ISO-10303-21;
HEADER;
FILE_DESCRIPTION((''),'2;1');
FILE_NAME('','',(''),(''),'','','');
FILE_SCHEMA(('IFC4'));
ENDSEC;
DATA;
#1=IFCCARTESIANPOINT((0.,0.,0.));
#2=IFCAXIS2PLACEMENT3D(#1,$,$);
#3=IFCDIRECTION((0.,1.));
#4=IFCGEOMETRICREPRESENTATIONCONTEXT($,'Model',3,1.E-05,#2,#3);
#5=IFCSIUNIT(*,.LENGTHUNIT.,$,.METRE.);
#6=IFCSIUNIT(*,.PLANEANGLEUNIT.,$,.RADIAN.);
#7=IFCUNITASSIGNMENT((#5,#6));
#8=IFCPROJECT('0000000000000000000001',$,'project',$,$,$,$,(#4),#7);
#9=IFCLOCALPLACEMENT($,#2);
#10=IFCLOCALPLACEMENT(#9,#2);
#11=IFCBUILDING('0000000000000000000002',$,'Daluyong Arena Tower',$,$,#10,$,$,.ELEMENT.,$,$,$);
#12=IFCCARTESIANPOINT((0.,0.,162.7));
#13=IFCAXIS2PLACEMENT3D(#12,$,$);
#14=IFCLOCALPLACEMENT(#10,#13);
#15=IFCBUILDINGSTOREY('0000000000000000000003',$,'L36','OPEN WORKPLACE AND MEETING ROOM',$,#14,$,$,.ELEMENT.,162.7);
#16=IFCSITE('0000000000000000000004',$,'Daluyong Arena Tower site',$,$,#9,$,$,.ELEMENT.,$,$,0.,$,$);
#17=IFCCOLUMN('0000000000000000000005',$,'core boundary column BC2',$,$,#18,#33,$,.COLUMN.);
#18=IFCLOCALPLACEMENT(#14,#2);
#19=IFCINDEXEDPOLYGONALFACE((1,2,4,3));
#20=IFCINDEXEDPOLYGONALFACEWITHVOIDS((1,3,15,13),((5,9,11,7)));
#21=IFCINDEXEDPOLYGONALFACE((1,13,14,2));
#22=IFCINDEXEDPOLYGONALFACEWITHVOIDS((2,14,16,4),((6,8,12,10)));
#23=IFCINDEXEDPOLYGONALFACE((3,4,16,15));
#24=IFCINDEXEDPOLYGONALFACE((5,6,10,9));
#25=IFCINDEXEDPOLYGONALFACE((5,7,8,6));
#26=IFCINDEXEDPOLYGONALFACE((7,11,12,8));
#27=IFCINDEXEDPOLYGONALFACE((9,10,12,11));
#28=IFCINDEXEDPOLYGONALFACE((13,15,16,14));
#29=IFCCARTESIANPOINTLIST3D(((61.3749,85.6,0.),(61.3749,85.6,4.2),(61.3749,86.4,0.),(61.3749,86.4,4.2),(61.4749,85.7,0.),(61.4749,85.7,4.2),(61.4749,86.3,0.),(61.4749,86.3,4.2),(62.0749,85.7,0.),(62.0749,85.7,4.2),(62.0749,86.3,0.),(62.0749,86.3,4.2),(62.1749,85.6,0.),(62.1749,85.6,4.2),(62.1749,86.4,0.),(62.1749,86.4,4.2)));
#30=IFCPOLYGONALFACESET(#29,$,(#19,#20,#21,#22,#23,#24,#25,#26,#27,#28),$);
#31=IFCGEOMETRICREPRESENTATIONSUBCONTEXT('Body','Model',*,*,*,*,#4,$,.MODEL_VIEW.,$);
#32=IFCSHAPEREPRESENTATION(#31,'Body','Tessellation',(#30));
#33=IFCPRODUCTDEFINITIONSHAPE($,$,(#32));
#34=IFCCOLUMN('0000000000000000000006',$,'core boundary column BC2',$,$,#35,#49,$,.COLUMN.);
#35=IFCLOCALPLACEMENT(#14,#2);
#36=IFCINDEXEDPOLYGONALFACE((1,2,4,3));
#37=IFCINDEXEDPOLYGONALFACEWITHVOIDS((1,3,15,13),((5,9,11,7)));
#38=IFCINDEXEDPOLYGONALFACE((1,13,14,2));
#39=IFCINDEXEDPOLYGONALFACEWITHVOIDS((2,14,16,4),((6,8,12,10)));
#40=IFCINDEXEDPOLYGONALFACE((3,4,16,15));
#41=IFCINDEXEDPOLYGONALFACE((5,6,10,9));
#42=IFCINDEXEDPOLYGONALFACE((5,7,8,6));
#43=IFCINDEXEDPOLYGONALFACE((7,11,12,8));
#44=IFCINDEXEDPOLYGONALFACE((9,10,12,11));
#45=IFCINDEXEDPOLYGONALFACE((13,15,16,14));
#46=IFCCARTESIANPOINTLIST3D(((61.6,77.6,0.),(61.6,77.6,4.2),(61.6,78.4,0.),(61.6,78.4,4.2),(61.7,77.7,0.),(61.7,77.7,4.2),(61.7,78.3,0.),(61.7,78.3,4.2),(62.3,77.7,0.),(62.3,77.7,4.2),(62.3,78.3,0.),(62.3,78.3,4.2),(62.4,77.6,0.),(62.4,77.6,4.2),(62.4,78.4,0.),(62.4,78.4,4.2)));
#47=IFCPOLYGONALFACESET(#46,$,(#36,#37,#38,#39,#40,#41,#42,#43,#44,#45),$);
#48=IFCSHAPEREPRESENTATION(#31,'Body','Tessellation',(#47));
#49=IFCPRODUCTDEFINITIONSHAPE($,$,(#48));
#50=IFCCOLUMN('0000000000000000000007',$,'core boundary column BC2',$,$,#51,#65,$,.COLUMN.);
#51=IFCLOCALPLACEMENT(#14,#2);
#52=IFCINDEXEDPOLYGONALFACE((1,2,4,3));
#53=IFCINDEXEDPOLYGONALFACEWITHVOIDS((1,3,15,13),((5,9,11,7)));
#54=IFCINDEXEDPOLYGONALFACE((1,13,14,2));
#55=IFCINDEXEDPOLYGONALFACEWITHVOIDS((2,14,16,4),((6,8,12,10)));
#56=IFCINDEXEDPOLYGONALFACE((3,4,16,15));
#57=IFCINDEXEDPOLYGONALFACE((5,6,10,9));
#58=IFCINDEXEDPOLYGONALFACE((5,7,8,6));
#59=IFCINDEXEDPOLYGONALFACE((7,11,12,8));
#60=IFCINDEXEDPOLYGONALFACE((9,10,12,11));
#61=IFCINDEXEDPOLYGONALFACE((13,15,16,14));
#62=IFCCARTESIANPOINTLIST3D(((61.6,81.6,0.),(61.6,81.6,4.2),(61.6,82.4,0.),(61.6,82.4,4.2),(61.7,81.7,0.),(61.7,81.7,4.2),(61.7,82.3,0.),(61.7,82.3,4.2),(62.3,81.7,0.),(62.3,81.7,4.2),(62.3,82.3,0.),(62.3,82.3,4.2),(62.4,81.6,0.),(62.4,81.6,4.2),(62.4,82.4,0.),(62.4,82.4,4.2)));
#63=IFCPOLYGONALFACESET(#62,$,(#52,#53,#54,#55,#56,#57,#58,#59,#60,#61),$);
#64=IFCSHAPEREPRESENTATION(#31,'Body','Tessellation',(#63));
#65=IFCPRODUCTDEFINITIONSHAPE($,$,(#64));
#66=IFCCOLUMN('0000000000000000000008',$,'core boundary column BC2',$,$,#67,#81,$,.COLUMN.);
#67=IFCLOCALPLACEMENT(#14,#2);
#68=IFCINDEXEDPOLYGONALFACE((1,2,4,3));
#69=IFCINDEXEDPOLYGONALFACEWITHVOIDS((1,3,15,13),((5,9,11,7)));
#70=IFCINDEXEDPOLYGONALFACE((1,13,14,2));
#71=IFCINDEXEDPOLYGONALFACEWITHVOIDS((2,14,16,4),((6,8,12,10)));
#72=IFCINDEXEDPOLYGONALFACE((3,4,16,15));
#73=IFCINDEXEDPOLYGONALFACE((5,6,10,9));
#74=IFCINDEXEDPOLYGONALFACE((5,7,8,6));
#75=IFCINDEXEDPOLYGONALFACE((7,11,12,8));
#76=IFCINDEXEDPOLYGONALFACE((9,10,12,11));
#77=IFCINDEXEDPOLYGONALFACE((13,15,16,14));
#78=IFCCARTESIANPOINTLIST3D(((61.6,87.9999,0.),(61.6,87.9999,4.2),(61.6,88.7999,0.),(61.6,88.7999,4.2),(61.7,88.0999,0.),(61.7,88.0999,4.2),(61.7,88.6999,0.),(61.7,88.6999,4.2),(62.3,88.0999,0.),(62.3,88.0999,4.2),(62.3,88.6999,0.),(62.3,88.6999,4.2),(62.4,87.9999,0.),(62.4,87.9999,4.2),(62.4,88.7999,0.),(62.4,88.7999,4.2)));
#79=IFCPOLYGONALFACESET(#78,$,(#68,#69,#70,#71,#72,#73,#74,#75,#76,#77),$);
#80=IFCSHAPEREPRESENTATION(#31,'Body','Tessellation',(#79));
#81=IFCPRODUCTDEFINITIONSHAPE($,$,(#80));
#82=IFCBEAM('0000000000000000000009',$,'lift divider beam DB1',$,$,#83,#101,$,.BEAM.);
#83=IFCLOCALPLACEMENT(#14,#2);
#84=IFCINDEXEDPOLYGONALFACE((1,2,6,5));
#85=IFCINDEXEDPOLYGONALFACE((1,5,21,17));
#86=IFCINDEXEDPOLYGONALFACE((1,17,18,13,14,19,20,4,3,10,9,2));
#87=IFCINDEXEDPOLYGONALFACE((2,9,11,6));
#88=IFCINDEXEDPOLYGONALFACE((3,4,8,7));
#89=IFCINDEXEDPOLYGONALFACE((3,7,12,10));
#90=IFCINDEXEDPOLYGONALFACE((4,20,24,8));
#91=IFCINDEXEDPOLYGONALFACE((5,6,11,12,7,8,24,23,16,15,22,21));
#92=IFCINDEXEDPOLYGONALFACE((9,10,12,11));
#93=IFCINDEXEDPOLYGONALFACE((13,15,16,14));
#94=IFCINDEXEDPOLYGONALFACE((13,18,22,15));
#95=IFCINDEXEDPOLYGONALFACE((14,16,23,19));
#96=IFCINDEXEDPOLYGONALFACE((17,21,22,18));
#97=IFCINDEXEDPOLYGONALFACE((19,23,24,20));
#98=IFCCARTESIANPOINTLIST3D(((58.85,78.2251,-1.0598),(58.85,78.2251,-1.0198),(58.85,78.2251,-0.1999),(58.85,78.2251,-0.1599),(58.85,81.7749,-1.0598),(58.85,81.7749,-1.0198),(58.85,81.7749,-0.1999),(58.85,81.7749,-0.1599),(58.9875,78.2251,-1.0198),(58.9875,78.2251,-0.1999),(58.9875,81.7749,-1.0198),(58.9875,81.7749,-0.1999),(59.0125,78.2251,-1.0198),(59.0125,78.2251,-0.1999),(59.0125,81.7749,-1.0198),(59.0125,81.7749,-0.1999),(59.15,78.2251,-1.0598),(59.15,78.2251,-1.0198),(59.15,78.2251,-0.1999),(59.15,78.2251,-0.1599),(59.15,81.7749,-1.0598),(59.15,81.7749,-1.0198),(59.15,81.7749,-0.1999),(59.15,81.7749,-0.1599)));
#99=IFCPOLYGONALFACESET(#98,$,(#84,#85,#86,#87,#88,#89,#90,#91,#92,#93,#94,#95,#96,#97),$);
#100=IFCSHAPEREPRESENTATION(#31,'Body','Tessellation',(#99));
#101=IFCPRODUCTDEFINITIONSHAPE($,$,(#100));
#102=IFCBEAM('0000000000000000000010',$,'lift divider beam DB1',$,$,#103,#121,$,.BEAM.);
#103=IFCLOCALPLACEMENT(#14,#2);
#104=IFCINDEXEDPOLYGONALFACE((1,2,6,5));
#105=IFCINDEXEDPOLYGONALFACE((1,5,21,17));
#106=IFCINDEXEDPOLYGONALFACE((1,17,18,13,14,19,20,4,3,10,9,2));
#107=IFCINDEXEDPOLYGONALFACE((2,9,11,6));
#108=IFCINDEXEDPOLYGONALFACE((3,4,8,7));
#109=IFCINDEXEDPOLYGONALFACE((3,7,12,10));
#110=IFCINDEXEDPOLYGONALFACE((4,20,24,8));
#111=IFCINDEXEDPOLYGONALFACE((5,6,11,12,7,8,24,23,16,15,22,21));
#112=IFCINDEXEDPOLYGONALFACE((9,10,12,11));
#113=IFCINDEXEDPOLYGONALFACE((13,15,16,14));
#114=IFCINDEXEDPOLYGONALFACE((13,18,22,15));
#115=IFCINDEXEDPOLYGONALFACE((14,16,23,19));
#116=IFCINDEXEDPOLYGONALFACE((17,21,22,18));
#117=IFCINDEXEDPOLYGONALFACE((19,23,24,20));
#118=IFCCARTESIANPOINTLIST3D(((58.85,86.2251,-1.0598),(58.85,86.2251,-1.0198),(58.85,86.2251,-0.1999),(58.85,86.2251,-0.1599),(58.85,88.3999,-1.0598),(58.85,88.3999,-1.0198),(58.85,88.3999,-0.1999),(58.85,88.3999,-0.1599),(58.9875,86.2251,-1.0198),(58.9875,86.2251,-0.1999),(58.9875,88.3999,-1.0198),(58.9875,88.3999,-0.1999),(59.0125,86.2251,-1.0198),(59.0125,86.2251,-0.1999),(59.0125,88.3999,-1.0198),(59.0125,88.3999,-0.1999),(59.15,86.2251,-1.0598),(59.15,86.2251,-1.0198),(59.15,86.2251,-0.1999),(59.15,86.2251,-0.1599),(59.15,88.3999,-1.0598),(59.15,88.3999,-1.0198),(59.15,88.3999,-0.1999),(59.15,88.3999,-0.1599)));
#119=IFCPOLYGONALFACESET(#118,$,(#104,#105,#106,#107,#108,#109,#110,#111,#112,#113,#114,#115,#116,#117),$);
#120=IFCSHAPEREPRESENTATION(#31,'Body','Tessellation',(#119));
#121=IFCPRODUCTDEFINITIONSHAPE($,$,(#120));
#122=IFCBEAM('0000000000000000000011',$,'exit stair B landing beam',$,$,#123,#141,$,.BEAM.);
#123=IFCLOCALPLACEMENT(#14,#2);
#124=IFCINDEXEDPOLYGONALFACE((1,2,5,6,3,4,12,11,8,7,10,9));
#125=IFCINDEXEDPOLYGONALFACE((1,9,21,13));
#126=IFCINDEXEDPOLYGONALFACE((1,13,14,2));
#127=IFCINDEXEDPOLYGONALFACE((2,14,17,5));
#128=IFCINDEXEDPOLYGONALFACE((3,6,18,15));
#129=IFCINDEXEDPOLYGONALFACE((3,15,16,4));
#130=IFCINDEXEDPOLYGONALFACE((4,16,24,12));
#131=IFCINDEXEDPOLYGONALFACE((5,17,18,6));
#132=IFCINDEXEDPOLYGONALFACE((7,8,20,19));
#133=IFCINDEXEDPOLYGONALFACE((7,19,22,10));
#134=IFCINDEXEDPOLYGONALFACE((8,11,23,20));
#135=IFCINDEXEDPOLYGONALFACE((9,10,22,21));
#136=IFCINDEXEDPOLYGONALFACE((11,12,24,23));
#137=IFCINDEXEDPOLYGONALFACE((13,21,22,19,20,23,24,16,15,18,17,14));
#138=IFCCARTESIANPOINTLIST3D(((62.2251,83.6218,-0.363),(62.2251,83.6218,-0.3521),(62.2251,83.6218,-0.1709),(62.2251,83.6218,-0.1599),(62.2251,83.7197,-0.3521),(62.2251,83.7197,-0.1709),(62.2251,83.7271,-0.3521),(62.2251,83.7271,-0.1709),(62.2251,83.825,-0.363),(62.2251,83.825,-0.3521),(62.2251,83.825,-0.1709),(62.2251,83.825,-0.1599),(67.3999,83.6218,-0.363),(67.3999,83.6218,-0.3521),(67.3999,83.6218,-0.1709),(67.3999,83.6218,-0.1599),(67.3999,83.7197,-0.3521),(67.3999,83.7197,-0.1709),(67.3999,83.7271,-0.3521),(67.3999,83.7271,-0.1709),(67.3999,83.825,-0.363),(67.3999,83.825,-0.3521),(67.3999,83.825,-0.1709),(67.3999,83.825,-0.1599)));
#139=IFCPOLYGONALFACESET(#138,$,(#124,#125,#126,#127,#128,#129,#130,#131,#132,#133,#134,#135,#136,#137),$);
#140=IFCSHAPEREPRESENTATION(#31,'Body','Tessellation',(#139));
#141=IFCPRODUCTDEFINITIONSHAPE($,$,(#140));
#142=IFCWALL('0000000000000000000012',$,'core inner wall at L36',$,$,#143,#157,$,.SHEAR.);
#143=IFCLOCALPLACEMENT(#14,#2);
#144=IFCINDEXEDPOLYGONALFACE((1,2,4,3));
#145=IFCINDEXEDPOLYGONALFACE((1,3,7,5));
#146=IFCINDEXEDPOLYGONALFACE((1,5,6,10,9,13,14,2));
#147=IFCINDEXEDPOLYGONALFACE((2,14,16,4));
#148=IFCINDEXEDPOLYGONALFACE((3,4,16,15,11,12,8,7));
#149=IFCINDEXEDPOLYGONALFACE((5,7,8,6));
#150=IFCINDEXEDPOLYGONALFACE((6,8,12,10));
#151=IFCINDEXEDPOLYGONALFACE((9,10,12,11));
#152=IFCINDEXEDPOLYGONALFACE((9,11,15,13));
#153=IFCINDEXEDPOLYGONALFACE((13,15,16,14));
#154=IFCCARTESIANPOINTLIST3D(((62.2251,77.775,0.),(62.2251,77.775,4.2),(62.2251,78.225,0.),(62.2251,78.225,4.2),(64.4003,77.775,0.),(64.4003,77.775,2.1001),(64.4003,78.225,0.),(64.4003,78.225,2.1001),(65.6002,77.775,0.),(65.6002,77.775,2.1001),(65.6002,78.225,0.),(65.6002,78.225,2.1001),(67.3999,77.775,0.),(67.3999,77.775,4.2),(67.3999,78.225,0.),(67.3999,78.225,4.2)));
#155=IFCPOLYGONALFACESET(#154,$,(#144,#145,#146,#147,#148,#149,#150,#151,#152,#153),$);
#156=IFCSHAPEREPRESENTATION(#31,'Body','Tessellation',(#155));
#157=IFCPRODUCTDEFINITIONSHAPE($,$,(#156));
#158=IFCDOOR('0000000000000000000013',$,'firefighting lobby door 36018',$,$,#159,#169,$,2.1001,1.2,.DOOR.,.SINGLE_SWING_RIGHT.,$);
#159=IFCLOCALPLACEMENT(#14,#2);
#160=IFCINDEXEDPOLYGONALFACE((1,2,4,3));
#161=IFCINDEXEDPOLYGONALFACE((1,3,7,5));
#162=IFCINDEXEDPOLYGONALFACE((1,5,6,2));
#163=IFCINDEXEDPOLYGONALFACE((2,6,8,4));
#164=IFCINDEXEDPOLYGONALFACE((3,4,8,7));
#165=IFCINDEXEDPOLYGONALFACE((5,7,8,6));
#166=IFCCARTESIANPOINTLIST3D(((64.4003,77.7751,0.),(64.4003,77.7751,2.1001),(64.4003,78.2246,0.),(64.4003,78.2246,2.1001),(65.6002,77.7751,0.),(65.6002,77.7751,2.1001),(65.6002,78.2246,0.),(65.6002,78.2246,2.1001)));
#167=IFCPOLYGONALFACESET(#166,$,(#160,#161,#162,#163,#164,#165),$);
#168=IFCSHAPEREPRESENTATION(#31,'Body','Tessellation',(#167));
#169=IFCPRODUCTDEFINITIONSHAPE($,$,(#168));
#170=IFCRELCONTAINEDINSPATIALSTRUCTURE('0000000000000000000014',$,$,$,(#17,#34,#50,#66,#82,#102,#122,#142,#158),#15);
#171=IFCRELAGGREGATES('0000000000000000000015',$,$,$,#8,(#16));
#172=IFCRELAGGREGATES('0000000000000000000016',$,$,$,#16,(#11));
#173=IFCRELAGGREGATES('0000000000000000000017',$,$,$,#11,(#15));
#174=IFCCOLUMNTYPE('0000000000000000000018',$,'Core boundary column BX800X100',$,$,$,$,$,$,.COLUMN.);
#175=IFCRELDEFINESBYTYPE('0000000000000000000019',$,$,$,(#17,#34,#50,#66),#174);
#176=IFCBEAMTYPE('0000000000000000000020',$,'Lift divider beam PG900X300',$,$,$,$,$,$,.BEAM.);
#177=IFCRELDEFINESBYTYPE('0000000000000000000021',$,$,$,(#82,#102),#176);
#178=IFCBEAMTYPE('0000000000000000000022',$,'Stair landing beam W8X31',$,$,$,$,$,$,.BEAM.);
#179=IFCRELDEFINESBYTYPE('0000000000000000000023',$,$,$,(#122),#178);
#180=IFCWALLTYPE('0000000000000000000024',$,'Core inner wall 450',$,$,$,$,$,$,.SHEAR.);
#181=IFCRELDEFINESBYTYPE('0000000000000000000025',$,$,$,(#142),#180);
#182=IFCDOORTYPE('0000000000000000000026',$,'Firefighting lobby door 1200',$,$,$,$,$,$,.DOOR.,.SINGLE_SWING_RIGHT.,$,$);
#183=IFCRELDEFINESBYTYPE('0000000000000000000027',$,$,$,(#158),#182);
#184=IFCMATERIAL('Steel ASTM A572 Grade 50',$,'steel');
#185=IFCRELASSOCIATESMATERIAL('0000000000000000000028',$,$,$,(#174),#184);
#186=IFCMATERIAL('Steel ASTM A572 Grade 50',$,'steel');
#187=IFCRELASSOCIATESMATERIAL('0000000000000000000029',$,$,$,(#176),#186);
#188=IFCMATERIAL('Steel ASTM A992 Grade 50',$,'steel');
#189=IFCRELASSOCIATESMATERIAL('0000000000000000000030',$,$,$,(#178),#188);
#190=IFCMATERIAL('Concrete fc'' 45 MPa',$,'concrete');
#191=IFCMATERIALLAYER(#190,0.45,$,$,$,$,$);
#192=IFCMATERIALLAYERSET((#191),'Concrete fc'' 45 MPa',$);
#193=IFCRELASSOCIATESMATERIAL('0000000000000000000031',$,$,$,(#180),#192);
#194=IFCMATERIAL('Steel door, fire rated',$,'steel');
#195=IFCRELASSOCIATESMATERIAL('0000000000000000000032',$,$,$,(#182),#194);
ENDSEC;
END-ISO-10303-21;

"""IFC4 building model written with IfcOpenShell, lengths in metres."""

from ifc_helpers import new_model, si_unit, direction, frame, frame_2d, origin, origin_2d, place, context, subcontext, project, spatial, rectangle, hollow_rectangle, i_section, extrude, material, layer, layer_set, material_profile, profile_set, type_object, element, fill, save


model = new_model("IFC4")

# Units and contexts
model_context = context("Model", 3, precision=1e-05, world=origin(), true_north=direction((0.0, 1.0)))
body_context = subcontext(model_context, "Body", "Model", "MODEL_VIEW")
ifc_project = project(units=[si_unit("LENGTHUNIT", "METRE"), si_unit("PLANEANGLEUNIT", "RADIAN")], contexts=[model_context])

# Site, building, storey
site_placement = place(None, origin())
site = spatial("IfcSite", under=ifc_project, at=site_placement, Name="Daluyong Arena Tower site", CompositionType="ELEMENT", RefElevation=0.0)
building_placement = place(site_placement, origin())
building = spatial("IfcBuilding", under=site, at=building_placement, Name="Daluyong Arena Tower", CompositionType="ELEMENT")
storey_placement = place(building_placement, frame((0.0, 0.0, 162.7)))
storey = spatial("IfcBuildingStorey", under=building, at=storey_placement, Name="L36", Description="OPEN WORKPLACE AND MEETING ROOM", CompositionType="ELEMENT", Elevation=162.7)

# Columns
ifc_material_1 = material(Name="Steel ASTM A572 Grade 50", Category="steel")
ifc_material_profile_1 = material_profile(ifc_material_1, hollow_rectangle(XDim=0.8, YDim=0.8, WallThickness=0.1, at=origin_2d()))
ifc_profile_set_1 = profile_set([ifc_material_profile_1], Name="Steel ASTM A572 Grade 50")
column_type = type_object("IfcColumnType", Name="Core boundary column BX800X100", PredefinedType="COLUMN", material=ifc_profile_set_1)
for number, where, z_axis, x_axis, name in (
    (1, (61.7749, 86.0, 0.0), (0.0, 0.0, 1.0), (1.0, 0.0, 0.0), "core boundary column BC2"),
    (2, (62.0, 78.0, 0.0), (0.0, 0.0, 1.0), (1.0, 0.0, 0.0), "core boundary column BC2"),
    (3, (62.0, 82.0, 0.0), (0.0, 0.0, 1.0), (1.0, 0.0, 0.0), "core boundary column BC2"),
    (4, (62.0, 88.3999, 0.0), (0.0, 0.0, 1.0), (1.0, 0.0, 0.0), "core boundary column BC2"),
):
    element("IfcColumn", number, at=place(storey_placement, frame(where, z_axis=z_axis, x_axis=x_axis)), inside=storey, type_object=column_type, Name=name, PredefinedType="COLUMN", context=body_context, shape_type="SweptSolid", body=[
        extrude(hollow_rectangle(XDim=0.8, YDim=0.8, WallThickness=0.1, at=origin_2d()), origin(), (0.0, 0.0, 1.0), 4.2),
    ])

# Beams
ifc_material_2 = material(Name="Steel ASTM A572 Grade 50", Category="steel")
ifc_material_profile_2 = material_profile(ifc_material_2, i_section(OverallWidth=0.3, OverallDepth=0.8999, WebThickness=0.025, FlangeThickness=0.04, at=origin_2d()))
ifc_profile_set_2 = profile_set([ifc_material_profile_2], Name="Steel ASTM A572 Grade 50")
beam_type_1 = type_object("IfcBeamType", Name="Lift divider beam PG900X300", PredefinedType="BEAM", material=ifc_profile_set_2)
beam_1_placement = place(storey_placement, frame((59.0, 78.2251, -0.6099), z_axis=(0.0, 1.0, 0.0), x_axis=(-1.0, 0.0, 0.0)))
element("IfcBeam", 5, at=beam_1_placement, inside=storey, type_object=beam_type_1, Name="lift divider beam DB1", PredefinedType="BEAM", context=body_context, shape_type="SweptSolid", body=[
    extrude(i_section(OverallWidth=0.3, OverallDepth=0.8999, WebThickness=0.025, FlangeThickness=0.04, at=origin_2d()), origin(), (0.0, 0.0, 1.0), 3.5498),
])
beam_2_placement = place(storey_placement, frame((59.0, 86.2251, -0.6099), z_axis=(0.0, 1.0, 0.0), x_axis=(-1.0, 0.0, 0.0)))
element("IfcBeam", 6, at=beam_2_placement, inside=storey, type_object=beam_type_1, Name="lift divider beam DB1", PredefinedType="BEAM", context=body_context, shape_type="SweptSolid", body=[
    extrude(i_section(OverallWidth=0.3, OverallDepth=0.8999, WebThickness=0.025, FlangeThickness=0.04, at=origin_2d()), origin(), (0.0, 0.0, 1.0), 2.1748),
])
ifc_material_3 = material(Name="Steel ASTM A992 Grade 50", Category="steel")
ifc_material_profile_3 = material_profile(ifc_material_3, i_section(OverallWidth=0.2031, OverallDepth=0.2031, WebThickness=0.0073, FlangeThickness=0.011, at=origin_2d()))
ifc_profile_set_3 = profile_set([ifc_material_profile_3], Name="Steel ASTM A992 Grade 50")
beam_type_2 = type_object("IfcBeamType", Name="Stair landing beam W8X31", PredefinedType="BEAM", material=ifc_profile_set_3)
beam_3_placement = place(storey_placement, frame((62.2251, 83.7234, -0.2615), z_axis=(1.0, 0.0, 0.0), x_axis=(0.0, 1.0, 0.0)))
element("IfcBeam", 7, at=beam_3_placement, inside=storey, type_object=beam_type_2, Name="exit stair B landing beam", PredefinedType="BEAM", context=body_context, shape_type="SweptSolid", body=[
    extrude(i_section(OverallWidth=0.2031, OverallDepth=0.2031, WebThickness=0.0073, FlangeThickness=0.011, at=origin_2d()), origin(), (0.0, 0.0, 1.0), 5.1748),
])

# Wall, opening, door
ifc_material_4 = material(Name="Concrete fc' 45 MPa", Category="concrete")
ifc_layer_1 = layer(ifc_material_4, 0.45)
ifc_layer_set_1 = layer_set([ifc_layer_1], Name="Concrete fc' 45 MPa")
wall_type_1 = type_object("IfcWallType", Name="Core inner wall 450", PredefinedType="SHEAR", material=ifc_layer_set_1)
wall_1_placement = place(storey_placement, frame((62.2251, 78.0, 0.0), z_axis=(0.0, 0.0, 1.0), x_axis=(1.0, 0.0, 0.0)))
wall_1 = element("IfcWall", 8, at=wall_1_placement, inside=storey, type_object=wall_type_1, Name="core inner wall at L36", PredefinedType="SHEAR", context=body_context, shape_type="SweptSolid", body=[
    extrude(rectangle(XDim=5.1748, YDim=0.45, at=frame_2d((2.5874, 0.0))), origin(), (0.0, 0.0, 1.0), 4.2),
])
opening_1_placement = place(wall_1_placement, frame((2.175, 0.0, 0.0)))
opening_1 = element("IfcOpeningElement", 9, at=opening_1_placement, cuts=wall_1, PredefinedType="OPENING", context=body_context, shape_type="SweptSolid", body=[
    extrude(rectangle(XDim=1.2, YDim=2.1001, at=frame_2d((0.6001, 1.05))), frame((0.0, 0.2349, 0.0), z_axis=(0.0, -1.0, 0.0), x_axis=(1.0, 0.0, 0.0)), (0.0, 0.0, 1.0), 0.47),
])
ifc_material_5 = material(Name="Steel door, fire rated", Category="steel")
door_type_1 = type_object("IfcDoorType", Name="Firefighting lobby door 1200", OperationType="SINGLE_SWING_RIGHT", PredefinedType="DOOR", material=ifc_material_5)
door_1_placement = place(opening_1_placement, origin())
door_1 = element("IfcDoor", 10, at=door_1_placement, inside=storey, type_object=door_type_1, Name="firefighting lobby door 36018", OperationType="SINGLE_SWING_RIGHT", OverallHeight=2.1001, OverallWidth=1.2, PredefinedType="DOOR", context=body_context, shape_type="SweptSolid", body=[
    extrude(rectangle(XDim=1.2, YDim=2.1001, at=frame_2d((0.6001, 1.05))), frame((0.0, 0.2246, 0.0), z_axis=(0.0, -1.0, 0.0), x_axis=(1.0, 0.0, 0.0)), (0.0, 0.0, 1.0), 0.4495),
])
fill(opening_1, door_1)

save(model, "model.ifc")
